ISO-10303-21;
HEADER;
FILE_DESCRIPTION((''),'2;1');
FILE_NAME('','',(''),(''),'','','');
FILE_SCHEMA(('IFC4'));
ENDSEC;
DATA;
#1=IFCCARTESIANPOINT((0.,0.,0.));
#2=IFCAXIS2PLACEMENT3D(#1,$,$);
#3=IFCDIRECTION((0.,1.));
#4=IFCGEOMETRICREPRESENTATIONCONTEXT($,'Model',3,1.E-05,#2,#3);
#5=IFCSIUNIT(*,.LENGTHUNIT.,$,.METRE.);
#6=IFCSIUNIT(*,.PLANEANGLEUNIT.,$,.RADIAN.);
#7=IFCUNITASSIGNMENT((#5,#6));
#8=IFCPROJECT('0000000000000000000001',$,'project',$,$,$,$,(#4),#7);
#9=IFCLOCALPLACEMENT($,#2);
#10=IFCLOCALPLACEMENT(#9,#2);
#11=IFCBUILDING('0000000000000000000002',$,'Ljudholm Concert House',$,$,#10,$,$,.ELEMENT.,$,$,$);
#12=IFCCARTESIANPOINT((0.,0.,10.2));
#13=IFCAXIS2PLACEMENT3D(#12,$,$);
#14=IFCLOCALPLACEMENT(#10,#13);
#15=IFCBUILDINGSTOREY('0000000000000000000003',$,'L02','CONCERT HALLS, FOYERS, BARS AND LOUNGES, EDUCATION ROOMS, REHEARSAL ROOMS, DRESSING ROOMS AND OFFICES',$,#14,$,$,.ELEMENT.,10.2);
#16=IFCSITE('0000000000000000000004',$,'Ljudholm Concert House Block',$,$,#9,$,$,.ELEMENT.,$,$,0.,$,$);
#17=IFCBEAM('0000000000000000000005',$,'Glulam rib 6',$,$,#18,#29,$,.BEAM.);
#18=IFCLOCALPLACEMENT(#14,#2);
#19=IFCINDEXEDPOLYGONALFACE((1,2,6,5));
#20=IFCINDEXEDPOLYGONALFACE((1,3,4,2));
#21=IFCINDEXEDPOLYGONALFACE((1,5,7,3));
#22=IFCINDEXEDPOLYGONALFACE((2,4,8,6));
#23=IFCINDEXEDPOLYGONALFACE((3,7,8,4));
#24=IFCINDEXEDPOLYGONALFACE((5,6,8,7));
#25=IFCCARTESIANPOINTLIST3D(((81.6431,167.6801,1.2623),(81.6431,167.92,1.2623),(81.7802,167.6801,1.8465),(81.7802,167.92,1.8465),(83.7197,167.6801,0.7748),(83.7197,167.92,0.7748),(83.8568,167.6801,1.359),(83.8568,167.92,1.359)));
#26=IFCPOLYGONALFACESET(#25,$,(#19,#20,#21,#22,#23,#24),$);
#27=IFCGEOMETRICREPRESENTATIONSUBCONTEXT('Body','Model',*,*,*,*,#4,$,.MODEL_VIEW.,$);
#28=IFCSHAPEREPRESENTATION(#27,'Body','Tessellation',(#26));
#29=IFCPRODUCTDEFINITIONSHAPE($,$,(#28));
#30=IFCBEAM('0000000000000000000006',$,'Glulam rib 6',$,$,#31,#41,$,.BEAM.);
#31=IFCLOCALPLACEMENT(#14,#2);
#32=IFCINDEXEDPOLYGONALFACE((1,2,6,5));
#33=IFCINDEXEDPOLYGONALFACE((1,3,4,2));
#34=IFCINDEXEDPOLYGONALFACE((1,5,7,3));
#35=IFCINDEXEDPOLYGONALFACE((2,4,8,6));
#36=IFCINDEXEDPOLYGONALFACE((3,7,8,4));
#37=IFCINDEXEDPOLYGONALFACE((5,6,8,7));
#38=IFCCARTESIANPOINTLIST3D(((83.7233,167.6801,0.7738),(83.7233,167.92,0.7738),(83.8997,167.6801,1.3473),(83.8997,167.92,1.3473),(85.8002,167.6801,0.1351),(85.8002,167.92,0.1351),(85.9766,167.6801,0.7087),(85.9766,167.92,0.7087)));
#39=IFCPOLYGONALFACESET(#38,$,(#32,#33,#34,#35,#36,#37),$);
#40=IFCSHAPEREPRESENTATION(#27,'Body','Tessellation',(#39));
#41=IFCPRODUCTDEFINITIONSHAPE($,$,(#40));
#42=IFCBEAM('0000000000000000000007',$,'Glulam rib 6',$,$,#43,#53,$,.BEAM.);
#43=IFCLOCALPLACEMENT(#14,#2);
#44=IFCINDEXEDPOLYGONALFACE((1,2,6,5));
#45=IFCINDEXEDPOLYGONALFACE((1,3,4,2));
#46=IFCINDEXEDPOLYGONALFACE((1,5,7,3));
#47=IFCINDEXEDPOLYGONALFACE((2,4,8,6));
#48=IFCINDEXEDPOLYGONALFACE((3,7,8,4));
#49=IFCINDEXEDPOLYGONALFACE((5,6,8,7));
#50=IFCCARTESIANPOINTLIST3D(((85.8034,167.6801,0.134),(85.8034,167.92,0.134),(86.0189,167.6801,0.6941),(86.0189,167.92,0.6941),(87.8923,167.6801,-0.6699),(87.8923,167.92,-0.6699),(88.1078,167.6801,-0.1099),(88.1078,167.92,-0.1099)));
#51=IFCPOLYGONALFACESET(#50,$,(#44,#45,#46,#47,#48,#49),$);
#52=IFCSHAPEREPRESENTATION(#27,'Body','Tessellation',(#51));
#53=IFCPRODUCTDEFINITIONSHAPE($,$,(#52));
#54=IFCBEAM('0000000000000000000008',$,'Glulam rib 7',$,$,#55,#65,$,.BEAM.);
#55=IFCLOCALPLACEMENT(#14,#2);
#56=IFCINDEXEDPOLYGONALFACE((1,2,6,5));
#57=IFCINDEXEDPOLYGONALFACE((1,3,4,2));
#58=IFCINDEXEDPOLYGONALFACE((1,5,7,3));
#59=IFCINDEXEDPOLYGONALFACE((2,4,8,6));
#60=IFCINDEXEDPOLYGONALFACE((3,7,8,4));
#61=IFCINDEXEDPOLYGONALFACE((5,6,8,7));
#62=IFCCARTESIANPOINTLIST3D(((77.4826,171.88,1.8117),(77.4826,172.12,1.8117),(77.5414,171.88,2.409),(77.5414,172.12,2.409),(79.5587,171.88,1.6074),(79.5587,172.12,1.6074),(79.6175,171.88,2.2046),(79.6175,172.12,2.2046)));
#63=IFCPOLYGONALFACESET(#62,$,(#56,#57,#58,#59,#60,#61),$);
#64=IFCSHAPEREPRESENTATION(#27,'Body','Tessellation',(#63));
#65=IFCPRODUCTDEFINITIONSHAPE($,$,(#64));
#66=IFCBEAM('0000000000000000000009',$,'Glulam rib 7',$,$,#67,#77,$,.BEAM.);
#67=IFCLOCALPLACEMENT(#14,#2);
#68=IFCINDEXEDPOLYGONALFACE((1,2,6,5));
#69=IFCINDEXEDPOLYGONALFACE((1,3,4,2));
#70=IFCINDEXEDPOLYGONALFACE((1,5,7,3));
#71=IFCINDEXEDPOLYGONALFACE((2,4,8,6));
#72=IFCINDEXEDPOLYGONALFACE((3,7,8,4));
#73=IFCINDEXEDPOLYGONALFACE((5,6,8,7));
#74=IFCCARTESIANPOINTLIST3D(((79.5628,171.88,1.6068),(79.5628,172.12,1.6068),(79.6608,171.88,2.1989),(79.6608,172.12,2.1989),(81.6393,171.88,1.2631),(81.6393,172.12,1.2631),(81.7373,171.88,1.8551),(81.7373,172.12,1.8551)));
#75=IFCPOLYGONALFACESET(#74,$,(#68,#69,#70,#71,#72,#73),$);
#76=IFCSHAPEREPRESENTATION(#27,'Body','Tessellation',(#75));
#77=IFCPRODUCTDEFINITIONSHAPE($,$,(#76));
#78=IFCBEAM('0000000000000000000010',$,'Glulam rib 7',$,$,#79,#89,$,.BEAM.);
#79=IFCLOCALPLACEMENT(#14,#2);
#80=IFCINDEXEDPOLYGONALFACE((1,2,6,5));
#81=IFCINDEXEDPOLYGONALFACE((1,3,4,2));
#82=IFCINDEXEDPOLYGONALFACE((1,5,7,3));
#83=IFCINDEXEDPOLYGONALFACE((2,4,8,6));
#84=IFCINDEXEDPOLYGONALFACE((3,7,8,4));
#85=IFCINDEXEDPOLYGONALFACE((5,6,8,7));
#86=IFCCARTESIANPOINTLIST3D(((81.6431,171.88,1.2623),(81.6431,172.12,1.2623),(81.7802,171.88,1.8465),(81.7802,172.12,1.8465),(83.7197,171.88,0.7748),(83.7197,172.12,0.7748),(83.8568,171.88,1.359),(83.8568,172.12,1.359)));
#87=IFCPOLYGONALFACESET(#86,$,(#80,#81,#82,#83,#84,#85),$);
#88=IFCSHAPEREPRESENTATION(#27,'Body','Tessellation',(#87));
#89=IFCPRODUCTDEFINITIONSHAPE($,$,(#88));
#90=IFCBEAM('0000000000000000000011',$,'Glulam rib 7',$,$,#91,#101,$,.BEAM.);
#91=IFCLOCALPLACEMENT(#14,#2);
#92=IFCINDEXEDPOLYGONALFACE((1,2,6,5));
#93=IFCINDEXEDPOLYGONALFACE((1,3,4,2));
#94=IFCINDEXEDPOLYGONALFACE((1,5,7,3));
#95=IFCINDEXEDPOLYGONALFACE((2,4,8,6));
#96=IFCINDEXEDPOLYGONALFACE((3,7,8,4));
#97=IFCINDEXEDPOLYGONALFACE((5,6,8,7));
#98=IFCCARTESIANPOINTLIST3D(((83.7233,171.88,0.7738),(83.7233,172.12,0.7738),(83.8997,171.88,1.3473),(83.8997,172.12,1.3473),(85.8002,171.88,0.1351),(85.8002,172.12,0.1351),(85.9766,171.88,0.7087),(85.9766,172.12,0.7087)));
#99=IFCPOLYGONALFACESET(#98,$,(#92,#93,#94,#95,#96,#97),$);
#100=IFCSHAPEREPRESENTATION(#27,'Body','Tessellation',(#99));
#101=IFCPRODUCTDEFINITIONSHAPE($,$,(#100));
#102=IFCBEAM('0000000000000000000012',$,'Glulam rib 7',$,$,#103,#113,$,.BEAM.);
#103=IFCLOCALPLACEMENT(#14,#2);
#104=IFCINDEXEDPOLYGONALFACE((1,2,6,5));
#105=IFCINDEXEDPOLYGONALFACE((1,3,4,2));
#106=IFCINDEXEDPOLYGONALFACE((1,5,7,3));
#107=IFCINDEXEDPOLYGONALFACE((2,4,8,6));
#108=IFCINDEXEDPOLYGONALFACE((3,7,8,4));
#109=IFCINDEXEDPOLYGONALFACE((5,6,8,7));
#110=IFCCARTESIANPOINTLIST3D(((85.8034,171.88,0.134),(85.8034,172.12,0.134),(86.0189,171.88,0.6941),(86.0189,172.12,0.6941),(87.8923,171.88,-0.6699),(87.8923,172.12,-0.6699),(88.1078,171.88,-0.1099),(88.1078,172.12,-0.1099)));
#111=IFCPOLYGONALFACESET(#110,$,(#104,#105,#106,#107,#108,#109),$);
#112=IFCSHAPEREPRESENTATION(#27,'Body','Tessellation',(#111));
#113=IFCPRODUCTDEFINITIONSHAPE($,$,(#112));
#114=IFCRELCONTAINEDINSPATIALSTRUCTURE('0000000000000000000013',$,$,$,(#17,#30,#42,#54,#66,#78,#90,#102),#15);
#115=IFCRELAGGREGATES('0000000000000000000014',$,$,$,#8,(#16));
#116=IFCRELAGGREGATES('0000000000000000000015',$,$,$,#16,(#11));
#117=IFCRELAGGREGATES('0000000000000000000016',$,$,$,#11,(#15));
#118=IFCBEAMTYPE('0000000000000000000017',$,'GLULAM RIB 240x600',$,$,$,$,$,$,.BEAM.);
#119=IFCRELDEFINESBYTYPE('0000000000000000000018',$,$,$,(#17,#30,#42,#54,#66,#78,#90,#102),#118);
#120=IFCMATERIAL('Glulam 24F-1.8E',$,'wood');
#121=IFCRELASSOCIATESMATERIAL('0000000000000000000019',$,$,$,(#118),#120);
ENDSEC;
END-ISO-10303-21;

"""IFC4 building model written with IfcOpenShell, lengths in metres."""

from ifc_helpers import new_model, si_unit, direction, frame, origin, origin_2d, place, context, subcontext, project, spatial, rectangle, extrude, material, material_profile, profile_set, type_object, element, save


model = new_model("IFC4")

# Units and contexts
model_context = context("Model", 3, precision=1e-05, world=origin(), true_north=direction((0.0, 1.0)))
body_context = subcontext(model_context, "Body", "Model", "MODEL_VIEW")
ifc_project = project(units=[si_unit("LENGTHUNIT", "METRE"), si_unit("PLANEANGLEUNIT", "RADIAN")], contexts=[model_context])

# Site, building, storey
site_placement = place(None, origin())
site = spatial("IfcSite", under=ifc_project, at=site_placement, Name="Ljudholm Concert House Block", CompositionType="ELEMENT", RefElevation=0.0)
building_placement = place(site_placement, origin())
building = spatial("IfcBuilding", under=site, at=building_placement, Name="Ljudholm Concert House", CompositionType="ELEMENT")
storey_placement = place(building_placement, frame((0.0, 0.0, 10.2)))
storey = spatial("IfcBuildingStorey", under=building, at=storey_placement, Name="L02", Description="CONCERT HALLS, FOYERS, BARS AND LOUNGES, EDUCATION ROOMS, REHEARSAL ROOMS, DRESSING ROOMS AND OFFICES", CompositionType="ELEMENT", Elevation=10.2)

# Beams
ifc_material_1 = material(Name="Glulam 24F-1.8E", Category="wood")
ifc_material_profile_1 = material_profile(ifc_material_1, rectangle(XDim=0.24, YDim=0.6001, at=origin_2d()), Name="GLULAM RIB 240x600")
ifc_profile_set_1 = profile_set([ifc_material_profile_1], Name="Glulam 24F-1.8E")
beam_type = type_object("IfcBeamType", Name="GLULAM RIB 240x600", PredefinedType="BEAM", material=ifc_profile_set_1)
beam_1_placement = place(storey_placement, frame((81.7117, 167.8, 1.5544), z_axis=(0.97353, 0.0, -0.228561), x_axis=(0.0, 1.0, 0.0)))
element("IfcBeam", 1, at=beam_1_placement, inside=storey, type_object=beam_type, Name="Glulam rib 6", PredefinedType="BEAM", context=body_context, shape_type="SweptSolid", body=[
    extrude(rectangle(XDim=0.24, YDim=0.6001, at=origin_2d()), origin(), (0.0, 0.0, 1.0), 2.1331),
])
beam_2_placement = place(storey_placement, frame((83.8115, 167.8, 1.0605), z_axis=(0.955828, 0.0, -0.293928), x_axis=(0.0, 1.0, 0.0)))
element("IfcBeam", 2, at=beam_2_placement, inside=storey, type_object=beam_type, Name="Glulam rib 6", PredefinedType="BEAM", context=body_context, shape_type="SweptSolid", body=[
    extrude(rectangle(XDim=0.24, YDim=0.6001, at=origin_2d()), origin(), (0.0, 0.0, 1.0), 2.1729),
])
beam_3_placement = place(storey_placement, frame((85.9111, 167.8, 0.4141), z_axis=(0.933264, 0.0, -0.359191), x_axis=(0.0, 1.0, 0.0)))
element("IfcBeam", 3, at=beam_3_placement, inside=storey, type_object=beam_type, Name="Glulam rib 6", PredefinedType="BEAM", context=body_context, shape_type="SweptSolid", body=[
    extrude(rectangle(XDim=0.24, YDim=0.6001, at=origin_2d()), origin(), (0.0, 0.0, 1.0), 2.2383),
])
beam_4_placement = place(storey_placement, frame((77.512, 172.0, 2.1104), z_axis=(0.995191, 0.0, -0.097951), x_axis=(0.0, 1.0, 0.0)))
element("IfcBeam", 4, at=beam_4_placement, inside=storey, type_object=beam_type, Name="Glulam rib 7", PredefinedType="BEAM", context=body_context, shape_type="SweptSolid", body=[
    extrude(rectangle(XDim=0.24, YDim=0.6001, at=origin_2d()), origin(), (0.0, 0.0, 1.0), 2.0862),
])
beam_5_placement = place(storey_placement, frame((79.6118, 172.0, 1.9028), z_axis=(0.986572, 0.0, -0.163327), x_axis=(0.0, 1.0, 0.0)))
element("IfcBeam", 5, at=beam_5_placement, inside=storey, type_object=beam_type, Name="Glulam rib 7", PredefinedType="BEAM", context=body_context, shape_type="SweptSolid", body=[
    extrude(rectangle(XDim=0.24, YDim=0.6001, at=origin_2d()), origin(), (0.0, 0.0, 1.0), 2.1047),
])
beam_6_placement = place(storey_placement, frame((81.7117, 172.0, 1.5544), z_axis=(0.97353, 0.0, -0.228561), x_axis=(0.0, 1.0, 0.0)))
element("IfcBeam", 6, at=beam_6_placement, inside=storey, type_object=beam_type, Name="Glulam rib 7", PredefinedType="BEAM", context=body_context, shape_type="SweptSolid", body=[
    extrude(rectangle(XDim=0.24, YDim=0.6001, at=origin_2d()), origin(), (0.0, 0.0, 1.0), 2.1331),
])
beam_7_placement = place(storey_placement, frame((83.8115, 172.0, 1.0605), z_axis=(0.955828, 0.0, -0.293928), x_axis=(0.0, 1.0, 0.0)))
element("IfcBeam", 7, at=beam_7_placement, inside=storey, type_object=beam_type, Name="Glulam rib 7", PredefinedType="BEAM", context=body_context, shape_type="SweptSolid", body=[
    extrude(rectangle(XDim=0.24, YDim=0.6001, at=origin_2d()), origin(), (0.0, 0.0, 1.0), 2.1729),
])
beam_8_placement = place(storey_placement, frame((85.9111, 172.0, 0.4141), z_axis=(0.933264, 0.0, -0.359191), x_axis=(0.0, 1.0, 0.0)))
element("IfcBeam", 8, at=beam_8_placement, inside=storey, type_object=beam_type, Name="Glulam rib 7", PredefinedType="BEAM", context=body_context, shape_type="SweptSolid", body=[
    extrude(rectangle(XDim=0.24, YDim=0.6001, at=origin_2d()), origin(), (0.0, 0.0, 1.0), 2.2383),
])

save(model, "model.ifc")
